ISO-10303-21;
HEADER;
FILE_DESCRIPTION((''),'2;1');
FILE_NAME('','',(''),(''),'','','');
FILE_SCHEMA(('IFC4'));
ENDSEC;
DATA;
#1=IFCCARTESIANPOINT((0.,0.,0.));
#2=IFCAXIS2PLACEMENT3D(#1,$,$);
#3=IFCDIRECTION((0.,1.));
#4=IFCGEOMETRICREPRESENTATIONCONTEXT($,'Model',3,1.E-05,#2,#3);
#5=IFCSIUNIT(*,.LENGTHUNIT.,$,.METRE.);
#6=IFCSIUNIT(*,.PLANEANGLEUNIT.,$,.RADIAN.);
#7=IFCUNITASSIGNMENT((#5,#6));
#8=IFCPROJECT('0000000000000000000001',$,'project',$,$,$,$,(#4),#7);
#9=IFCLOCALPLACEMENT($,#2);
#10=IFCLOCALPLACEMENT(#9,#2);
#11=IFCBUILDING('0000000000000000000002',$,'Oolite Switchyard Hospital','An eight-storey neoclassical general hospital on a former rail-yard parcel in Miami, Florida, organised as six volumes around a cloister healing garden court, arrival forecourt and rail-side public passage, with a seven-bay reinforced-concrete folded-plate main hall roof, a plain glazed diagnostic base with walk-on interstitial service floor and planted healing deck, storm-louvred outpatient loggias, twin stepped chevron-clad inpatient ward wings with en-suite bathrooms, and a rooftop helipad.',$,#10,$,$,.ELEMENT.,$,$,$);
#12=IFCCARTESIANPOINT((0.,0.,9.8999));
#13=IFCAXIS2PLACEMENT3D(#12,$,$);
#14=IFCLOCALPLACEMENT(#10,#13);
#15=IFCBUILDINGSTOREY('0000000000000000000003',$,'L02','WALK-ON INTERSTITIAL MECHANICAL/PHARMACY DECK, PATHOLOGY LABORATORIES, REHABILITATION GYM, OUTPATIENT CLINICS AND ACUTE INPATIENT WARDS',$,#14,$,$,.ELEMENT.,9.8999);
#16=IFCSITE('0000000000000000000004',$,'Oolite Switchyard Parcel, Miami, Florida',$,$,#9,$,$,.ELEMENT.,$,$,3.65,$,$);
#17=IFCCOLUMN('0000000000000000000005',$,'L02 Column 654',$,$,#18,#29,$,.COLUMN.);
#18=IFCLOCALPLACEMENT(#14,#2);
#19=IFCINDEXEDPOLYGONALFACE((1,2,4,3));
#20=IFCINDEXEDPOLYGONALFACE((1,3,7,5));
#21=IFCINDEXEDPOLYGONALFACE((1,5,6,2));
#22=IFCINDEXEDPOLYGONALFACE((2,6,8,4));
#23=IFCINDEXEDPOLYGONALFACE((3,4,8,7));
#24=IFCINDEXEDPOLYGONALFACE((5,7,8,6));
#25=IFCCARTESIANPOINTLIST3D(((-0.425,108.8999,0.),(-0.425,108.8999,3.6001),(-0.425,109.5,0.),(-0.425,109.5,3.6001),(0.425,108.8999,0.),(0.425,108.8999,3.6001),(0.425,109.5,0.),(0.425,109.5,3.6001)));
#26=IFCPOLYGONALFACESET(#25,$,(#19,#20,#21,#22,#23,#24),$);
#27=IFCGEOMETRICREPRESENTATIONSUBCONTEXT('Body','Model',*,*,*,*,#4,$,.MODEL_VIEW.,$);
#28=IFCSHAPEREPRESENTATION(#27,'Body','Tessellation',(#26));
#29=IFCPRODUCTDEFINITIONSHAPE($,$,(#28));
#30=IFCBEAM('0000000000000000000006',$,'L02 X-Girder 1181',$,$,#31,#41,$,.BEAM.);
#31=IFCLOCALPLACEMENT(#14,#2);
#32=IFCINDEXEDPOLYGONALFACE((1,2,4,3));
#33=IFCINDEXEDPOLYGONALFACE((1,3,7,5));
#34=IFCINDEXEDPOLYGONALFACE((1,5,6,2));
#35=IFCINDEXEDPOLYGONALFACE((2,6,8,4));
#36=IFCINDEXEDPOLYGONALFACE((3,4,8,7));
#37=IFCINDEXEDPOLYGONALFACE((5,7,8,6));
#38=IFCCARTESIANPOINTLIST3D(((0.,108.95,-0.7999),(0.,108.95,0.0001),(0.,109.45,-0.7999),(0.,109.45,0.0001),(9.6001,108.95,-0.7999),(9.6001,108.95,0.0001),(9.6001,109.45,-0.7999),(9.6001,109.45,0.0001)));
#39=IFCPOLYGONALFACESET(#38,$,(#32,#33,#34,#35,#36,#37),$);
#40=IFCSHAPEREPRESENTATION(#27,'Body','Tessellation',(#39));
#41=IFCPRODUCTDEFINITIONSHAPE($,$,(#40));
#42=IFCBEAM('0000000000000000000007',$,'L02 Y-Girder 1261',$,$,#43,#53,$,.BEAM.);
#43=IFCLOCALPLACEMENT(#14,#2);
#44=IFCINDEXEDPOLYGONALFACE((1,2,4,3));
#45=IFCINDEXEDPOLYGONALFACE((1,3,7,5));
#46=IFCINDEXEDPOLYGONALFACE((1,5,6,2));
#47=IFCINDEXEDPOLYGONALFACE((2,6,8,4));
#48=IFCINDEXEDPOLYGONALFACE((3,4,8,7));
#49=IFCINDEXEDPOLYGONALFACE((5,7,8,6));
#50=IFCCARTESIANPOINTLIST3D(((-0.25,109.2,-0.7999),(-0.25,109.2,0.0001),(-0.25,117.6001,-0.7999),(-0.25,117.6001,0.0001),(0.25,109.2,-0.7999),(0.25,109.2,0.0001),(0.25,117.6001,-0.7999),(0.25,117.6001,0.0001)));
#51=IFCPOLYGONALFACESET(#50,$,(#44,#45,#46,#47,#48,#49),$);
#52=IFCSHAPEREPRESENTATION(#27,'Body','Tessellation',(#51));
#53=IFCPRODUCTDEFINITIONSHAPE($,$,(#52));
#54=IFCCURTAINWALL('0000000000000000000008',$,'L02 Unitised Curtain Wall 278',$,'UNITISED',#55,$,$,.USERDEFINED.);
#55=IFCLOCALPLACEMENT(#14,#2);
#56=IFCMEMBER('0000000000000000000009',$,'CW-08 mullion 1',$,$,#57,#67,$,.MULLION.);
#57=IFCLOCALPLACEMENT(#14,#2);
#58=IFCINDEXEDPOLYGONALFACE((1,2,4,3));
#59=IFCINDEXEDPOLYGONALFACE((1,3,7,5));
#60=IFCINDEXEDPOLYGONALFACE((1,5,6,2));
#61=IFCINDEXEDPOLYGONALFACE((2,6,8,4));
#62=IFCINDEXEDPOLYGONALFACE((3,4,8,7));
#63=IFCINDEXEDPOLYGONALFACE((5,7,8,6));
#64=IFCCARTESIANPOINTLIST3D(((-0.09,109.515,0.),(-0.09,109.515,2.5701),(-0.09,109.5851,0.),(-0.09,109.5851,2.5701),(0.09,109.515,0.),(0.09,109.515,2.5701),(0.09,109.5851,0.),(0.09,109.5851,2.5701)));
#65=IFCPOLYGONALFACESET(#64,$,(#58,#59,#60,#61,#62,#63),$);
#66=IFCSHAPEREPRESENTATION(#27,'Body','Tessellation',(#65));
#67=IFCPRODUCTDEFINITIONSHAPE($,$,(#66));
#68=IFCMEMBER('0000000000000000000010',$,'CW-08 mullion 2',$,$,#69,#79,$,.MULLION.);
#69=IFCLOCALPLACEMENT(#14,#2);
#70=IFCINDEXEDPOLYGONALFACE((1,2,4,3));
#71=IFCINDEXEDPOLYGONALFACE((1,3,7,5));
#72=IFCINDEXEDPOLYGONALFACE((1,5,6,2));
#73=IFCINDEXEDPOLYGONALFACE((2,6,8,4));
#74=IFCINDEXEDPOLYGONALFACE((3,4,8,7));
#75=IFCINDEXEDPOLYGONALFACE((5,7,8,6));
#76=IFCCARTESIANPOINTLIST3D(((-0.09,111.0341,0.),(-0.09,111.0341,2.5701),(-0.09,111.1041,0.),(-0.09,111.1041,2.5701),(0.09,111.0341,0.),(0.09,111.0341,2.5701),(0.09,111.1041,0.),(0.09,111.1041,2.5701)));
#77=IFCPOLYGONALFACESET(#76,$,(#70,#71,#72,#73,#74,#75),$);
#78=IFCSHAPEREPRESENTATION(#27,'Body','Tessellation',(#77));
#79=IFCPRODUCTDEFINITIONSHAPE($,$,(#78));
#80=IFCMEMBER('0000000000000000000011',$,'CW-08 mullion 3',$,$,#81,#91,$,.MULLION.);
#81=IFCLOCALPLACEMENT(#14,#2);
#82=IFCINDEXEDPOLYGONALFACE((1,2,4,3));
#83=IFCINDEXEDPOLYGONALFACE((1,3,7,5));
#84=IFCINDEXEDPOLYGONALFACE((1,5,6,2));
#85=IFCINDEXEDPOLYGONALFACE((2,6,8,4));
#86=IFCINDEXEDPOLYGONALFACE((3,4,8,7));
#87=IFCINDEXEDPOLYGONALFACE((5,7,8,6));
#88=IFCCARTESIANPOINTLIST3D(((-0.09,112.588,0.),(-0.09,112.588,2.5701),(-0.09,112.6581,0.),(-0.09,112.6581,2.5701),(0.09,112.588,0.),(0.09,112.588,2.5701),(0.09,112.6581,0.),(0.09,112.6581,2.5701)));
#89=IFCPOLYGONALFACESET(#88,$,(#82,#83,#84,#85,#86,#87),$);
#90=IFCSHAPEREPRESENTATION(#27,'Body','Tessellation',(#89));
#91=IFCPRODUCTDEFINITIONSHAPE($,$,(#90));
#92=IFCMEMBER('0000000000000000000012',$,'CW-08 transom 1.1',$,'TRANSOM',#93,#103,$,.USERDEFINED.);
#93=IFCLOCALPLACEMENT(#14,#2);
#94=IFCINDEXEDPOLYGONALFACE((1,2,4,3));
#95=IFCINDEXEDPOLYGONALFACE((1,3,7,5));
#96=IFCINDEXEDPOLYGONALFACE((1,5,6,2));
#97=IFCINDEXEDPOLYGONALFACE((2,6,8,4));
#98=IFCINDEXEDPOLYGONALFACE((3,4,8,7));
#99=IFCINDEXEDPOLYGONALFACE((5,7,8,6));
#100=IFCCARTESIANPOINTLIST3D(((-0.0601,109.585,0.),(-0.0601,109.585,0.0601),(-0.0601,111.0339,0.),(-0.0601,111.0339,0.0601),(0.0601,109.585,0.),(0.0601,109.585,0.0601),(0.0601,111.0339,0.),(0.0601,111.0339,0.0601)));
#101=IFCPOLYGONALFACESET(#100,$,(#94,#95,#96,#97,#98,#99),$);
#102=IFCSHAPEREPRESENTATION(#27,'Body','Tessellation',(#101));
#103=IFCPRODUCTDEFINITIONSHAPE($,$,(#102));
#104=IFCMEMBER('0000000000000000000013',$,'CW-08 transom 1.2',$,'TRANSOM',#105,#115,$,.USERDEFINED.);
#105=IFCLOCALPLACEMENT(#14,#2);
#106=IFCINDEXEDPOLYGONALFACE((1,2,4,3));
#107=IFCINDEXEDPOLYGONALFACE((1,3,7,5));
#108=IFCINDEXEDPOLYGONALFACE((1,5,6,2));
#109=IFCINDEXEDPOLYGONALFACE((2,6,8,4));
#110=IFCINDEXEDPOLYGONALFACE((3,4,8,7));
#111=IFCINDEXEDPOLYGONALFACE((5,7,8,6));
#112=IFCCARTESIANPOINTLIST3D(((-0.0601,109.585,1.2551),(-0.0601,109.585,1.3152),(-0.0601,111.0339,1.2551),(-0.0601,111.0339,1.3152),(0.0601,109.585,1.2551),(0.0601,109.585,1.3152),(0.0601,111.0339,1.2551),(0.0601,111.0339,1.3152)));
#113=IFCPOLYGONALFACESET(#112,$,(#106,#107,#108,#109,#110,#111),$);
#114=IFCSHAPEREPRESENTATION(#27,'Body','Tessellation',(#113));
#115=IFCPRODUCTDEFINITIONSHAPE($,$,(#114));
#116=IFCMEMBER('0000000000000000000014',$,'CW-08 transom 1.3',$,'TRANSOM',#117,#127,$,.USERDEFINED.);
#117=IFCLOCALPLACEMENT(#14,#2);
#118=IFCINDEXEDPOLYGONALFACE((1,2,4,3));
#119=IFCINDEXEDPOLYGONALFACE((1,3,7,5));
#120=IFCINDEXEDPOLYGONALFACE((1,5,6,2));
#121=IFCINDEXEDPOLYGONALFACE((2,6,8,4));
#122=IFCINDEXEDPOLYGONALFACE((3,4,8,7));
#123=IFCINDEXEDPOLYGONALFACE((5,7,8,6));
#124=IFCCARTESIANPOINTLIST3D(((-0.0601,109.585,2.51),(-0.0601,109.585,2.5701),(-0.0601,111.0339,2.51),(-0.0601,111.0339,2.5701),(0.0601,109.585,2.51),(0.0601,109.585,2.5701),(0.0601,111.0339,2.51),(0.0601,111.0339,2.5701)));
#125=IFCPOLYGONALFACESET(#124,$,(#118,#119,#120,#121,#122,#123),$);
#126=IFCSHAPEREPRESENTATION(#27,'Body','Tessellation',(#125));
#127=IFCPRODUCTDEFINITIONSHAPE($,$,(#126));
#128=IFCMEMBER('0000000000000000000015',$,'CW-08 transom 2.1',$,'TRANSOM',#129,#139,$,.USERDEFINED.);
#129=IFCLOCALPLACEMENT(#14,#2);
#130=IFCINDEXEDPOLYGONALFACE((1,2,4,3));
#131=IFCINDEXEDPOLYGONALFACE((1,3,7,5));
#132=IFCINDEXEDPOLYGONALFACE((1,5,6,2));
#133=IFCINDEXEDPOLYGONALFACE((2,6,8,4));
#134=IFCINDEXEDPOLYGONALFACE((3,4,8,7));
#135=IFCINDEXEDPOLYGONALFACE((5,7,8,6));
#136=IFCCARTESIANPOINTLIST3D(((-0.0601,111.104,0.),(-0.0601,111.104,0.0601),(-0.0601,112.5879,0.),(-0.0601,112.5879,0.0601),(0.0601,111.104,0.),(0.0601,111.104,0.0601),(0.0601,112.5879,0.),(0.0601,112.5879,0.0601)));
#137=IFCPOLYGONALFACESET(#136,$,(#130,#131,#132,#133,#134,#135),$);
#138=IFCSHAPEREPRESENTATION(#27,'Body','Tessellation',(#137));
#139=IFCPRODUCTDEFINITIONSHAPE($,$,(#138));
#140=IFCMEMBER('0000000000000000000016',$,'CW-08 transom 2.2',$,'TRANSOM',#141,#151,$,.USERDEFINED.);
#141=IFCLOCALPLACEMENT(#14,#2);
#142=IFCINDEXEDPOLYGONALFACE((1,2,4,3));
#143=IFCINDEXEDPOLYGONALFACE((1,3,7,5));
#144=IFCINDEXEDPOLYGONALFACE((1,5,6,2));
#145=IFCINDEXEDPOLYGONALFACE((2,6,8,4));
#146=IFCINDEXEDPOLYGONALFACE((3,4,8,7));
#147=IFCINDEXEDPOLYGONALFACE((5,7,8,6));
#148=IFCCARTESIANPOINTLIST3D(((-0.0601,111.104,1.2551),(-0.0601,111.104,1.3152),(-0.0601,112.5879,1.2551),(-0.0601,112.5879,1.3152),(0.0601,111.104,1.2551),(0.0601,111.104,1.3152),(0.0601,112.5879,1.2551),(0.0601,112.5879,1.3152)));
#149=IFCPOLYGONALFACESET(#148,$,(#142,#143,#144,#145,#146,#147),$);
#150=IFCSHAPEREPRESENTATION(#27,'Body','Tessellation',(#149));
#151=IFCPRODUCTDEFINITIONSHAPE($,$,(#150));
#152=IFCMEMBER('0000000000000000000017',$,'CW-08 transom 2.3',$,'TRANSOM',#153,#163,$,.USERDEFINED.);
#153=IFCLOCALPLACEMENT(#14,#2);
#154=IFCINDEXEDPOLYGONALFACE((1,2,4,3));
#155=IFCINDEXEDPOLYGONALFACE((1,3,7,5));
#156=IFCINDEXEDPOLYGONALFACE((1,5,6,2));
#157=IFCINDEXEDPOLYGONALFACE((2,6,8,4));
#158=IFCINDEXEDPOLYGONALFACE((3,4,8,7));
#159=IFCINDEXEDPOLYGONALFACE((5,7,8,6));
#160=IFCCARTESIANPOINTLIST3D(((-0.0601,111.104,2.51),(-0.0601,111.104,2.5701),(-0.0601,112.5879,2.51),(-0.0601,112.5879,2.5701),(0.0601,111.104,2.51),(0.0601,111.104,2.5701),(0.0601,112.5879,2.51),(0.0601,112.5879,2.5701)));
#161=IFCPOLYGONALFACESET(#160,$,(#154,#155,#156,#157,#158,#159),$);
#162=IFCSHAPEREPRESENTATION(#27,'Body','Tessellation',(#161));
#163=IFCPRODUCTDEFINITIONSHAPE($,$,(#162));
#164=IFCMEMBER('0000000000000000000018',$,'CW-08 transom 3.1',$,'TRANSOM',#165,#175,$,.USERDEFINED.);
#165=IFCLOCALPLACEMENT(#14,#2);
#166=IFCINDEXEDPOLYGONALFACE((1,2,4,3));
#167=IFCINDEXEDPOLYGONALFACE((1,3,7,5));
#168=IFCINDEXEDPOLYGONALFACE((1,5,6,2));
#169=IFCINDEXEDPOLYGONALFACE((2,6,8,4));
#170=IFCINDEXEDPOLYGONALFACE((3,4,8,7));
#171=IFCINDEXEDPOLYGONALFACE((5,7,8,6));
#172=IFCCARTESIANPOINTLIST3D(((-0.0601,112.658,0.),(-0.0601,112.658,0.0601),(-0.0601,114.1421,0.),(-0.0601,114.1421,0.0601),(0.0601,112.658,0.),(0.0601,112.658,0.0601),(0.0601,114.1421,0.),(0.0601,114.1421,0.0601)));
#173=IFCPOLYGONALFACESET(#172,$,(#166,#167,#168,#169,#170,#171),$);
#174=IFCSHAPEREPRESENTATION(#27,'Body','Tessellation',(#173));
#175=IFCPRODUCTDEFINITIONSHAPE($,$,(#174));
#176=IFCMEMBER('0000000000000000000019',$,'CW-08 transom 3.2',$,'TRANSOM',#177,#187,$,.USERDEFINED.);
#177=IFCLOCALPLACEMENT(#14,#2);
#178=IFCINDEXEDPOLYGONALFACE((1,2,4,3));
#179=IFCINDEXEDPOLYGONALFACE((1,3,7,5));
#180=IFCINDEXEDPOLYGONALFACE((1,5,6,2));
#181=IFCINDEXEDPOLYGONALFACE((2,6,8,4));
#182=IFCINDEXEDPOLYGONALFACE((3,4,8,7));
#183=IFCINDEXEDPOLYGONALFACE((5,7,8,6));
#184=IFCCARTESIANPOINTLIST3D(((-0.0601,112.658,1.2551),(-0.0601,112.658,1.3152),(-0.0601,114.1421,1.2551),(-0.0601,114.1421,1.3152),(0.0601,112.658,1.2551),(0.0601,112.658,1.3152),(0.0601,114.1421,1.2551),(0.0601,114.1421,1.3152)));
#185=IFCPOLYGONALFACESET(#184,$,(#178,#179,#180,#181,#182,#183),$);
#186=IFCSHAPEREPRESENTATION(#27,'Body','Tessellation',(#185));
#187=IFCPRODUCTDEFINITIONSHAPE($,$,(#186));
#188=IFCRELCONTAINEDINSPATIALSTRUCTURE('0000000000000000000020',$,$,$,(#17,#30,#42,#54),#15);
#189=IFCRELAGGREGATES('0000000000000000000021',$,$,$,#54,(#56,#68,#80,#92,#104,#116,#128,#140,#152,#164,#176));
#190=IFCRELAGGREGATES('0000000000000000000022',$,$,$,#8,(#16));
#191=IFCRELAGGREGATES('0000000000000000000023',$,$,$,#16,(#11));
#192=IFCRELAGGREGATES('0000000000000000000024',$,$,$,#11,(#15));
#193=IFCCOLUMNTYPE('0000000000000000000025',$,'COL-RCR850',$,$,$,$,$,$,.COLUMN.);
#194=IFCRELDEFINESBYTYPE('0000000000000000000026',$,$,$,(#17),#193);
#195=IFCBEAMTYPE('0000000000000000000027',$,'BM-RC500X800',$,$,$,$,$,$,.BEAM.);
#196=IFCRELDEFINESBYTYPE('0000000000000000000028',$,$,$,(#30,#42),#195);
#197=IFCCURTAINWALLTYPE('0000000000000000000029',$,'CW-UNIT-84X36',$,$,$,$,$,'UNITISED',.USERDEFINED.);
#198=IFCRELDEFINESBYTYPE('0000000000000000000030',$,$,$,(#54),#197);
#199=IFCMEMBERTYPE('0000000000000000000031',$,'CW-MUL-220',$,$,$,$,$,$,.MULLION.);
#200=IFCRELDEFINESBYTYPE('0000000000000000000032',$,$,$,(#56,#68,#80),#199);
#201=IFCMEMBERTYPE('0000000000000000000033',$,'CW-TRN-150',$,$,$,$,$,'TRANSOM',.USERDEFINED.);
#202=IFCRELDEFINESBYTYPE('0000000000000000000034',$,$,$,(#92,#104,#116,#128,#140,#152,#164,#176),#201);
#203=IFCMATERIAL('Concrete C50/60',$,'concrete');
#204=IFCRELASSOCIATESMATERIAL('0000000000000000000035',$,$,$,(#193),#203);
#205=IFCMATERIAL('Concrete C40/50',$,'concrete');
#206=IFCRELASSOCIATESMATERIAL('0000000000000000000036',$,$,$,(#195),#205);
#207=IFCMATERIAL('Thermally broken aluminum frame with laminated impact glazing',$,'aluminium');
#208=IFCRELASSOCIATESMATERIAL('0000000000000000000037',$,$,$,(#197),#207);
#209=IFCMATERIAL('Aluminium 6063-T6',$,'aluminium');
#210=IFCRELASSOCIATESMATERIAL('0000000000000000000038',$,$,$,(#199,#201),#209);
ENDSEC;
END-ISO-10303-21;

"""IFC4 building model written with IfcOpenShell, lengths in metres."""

from ifc_helpers import new_model, si_unit, direction, frame, origin, origin_2d, place, context, subcontext, project, spatial, rectangle, extrude, material, material_profile, profile_set, type_object, element, aggregate, save


model = new_model("IFC4")

# Units and contexts
model_context = context("Model", 3, precision=1e-05, world=origin(), true_north=direction((0.0, 1.0)))
body_context = subcontext(model_context, "Body", "Model", "MODEL_VIEW")
ifc_project = project(units=[si_unit("LENGTHUNIT", "METRE"), si_unit("PLANEANGLEUNIT", "RADIAN")], contexts=[model_context])

# Site, building, storey
site_placement = place(None, origin())
site = spatial("IfcSite", under=ifc_project, at=site_placement, Name="Oolite Switchyard Parcel, Miami, Florida", CompositionType="ELEMENT", RefElevation=3.65)
building_placement = place(site_placement, origin())
building = spatial("IfcBuilding", under=site, at=building_placement, Name="Oolite Switchyard Hospital", Description="An eight-storey neoclassical general hospital on a former rail-yard parcel in Miami, Florida, organised as six volumes around a cloister healing garden court, arrival forecourt and rail-side public passage, with a seven-bay reinforced-concrete folded-plate main hall roof, a plain glazed diagnostic base with walk-on interstitial service floor and planted healing deck, storm-louvred outpatient loggias, twin stepped chevron-clad inpatient ward wings with en-suite bathrooms, and a rooftop helipad.", CompositionType="ELEMENT")
storey_placement = place(building_placement, frame((0.0, 0.0, 9.8999)))
storey = spatial("IfcBuildingStorey", under=building, at=storey_placement, Name="L02", Description="WALK-ON INTERSTITIAL MECHANICAL/PHARMACY DECK, PATHOLOGY LABORATORIES, REHABILITATION GYM, OUTPATIENT CLINICS AND ACUTE INPATIENT WARDS", CompositionType="ELEMENT", Elevation=9.8999)

# Column
ifc_material_1 = material(Name="Concrete C50/60", Category="concrete")
ifc_material_profile_1 = material_profile(ifc_material_1, rectangle(XDim=0.8501, YDim=0.6001, at=origin_2d()), Name="RC850X600")
ifc_profile_set_1 = profile_set([ifc_material_profile_1], Name="Concrete C50/60")
column_type = type_object("IfcColumnType", Name="COL-RCR850", PredefinedType="COLUMN", material=ifc_profile_set_1)
column_placement = place(storey_placement, frame((0.0, 109.2, 0.0), z_axis=(0.0, 0.0, 1.0), x_axis=(1.0, 0.0, 0.0)))
element("IfcColumn", 1, at=column_placement, inside=storey, type_object=column_type, Name="L02 Column 654", PredefinedType="COLUMN", context=body_context, shape_type="SweptSolid", body=[
    extrude(rectangle(XDim=0.8501, YDim=0.6001, at=origin_2d()), origin(), (0.0, 0.0, 1.0), 3.6001),
])

# Beams
ifc_material_2 = material(Name="Concrete C40/50", Category="concrete")
ifc_material_profile_2 = material_profile(ifc_material_2, rectangle(XDim=0.5, YDim=0.8, at=origin_2d()), Name="RCB500X800")
ifc_profile_set_2 = profile_set([ifc_material_profile_2], Name="Concrete C40/50")
beam_type = type_object("IfcBeamType", Name="BM-RC500X800", PredefinedType="BEAM", material=ifc_profile_set_2)
beam_1_placement = place(storey_placement, frame((0.0, 109.2, -0.3999), z_axis=(1.0, 0.0, 0.0), x_axis=(0.0, 1.0, 0.0)))
element("IfcBeam", 2, at=beam_1_placement, inside=storey, type_object=beam_type, Name="L02 X-Girder 1181", PredefinedType="BEAM", context=body_context, shape_type="SweptSolid", body=[
    extrude(rectangle(XDim=0.5, YDim=0.8, at=origin_2d()), origin(), (0.0, 0.0, 1.0), 9.6001),
])
beam_2_placement = place(storey_placement, frame((0.0, 109.2, -0.3999), z_axis=(0.0, 1.0, 0.0), x_axis=(-1.0, 0.0, 0.0)))
element("IfcBeam", 3, at=beam_2_placement, inside=storey, type_object=beam_type, Name="L02 Y-Girder 1261", PredefinedType="BEAM", context=body_context, shape_type="SweptSolid", body=[
    extrude(rectangle(XDim=0.5, YDim=0.8, at=origin_2d()), origin(), (0.0, 0.0, 1.0), 8.4001),
])

# Curtain wall, members
ifc_material_3 = material(Name="Thermally broken aluminum frame with laminated impact glazing", Category="aluminium")
curtain_wall_type = type_object("IfcCurtainWallType", Name="CW-UNIT-84X36", ElementType="UNITISED", PredefinedType="USERDEFINED", material=ifc_material_3)
curtain_wall_placement = place(storey_placement, origin())
curtain_wall = element("IfcCurtainWall", 4, at=curtain_wall_placement, inside=storey, type_object=curtain_wall_type, Name="L02 Unitised Curtain Wall 278", ObjectType="UNITISED", PredefinedType="USERDEFINED")
ifc_material_4 = material(Name="Aluminium 6063-T6", Category="aluminium")
ifc_material_profile_3 = material_profile(ifc_material_4, rectangle(XDim=0.1799, YDim=0.0701, at=origin_2d()), Name="CWM70X180")
ifc_profile_set_3 = profile_set([ifc_material_profile_3], Name="Aluminium 6063-T6")
member_type_1 = type_object("IfcMemberType", Name="CW-MUL-220", PredefinedType="MULLION", material=ifc_profile_set_3)
member_1_placement = place(storey_placement, frame((0.0, 109.55, 0.0), z_axis=(0.0, 0.0, 1.0), x_axis=(-1.0, 0.0, 0.0)))
member_1 = element("IfcMember", 5, at=member_1_placement, type_object=member_type_1, Name="CW-08 mullion 1", PredefinedType="MULLION", context=body_context, shape_type="SweptSolid", body=[
    extrude(rectangle(XDim=0.1799, YDim=0.0701, at=origin_2d()), origin(), (0.0, 0.0, 1.0), 2.5701),
])
member_2_placement = place(storey_placement, frame((0.0, 111.0691, 0.0), z_axis=(0.0, 0.0, 1.0), x_axis=(-1.0, 0.0, 0.0)))
member_2 = element("IfcMember", 6, at=member_2_placement, type_object=member_type_1, Name="CW-08 mullion 2", PredefinedType="MULLION", context=body_context, shape_type="SweptSolid", body=[
    extrude(rectangle(XDim=0.1799, YDim=0.0701, at=origin_2d()), origin(), (0.0, 0.0, 1.0), 2.5701),
])
member_3_placement = place(storey_placement, frame((0.0, 112.623, 0.0), z_axis=(0.0, 0.0, 1.0), x_axis=(-1.0, 0.0, 0.0)))
member_3 = element("IfcMember", 7, at=member_3_placement, type_object=member_type_1, Name="CW-08 mullion 3", PredefinedType="MULLION", context=body_context, shape_type="SweptSolid", body=[
    extrude(rectangle(XDim=0.1799, YDim=0.0701, at=origin_2d()), origin(), (0.0, 0.0, 1.0), 2.5701),
])
ifc_material_profile_4 = material_profile(ifc_material_4, rectangle(XDim=0.1201, YDim=0.0601, at=origin_2d()), Name="CWT60X120")
ifc_profile_set_4 = profile_set([ifc_material_profile_4], Name="Aluminium 6063-T6")
member_type_2 = type_object("IfcMemberType", Name="CW-TRN-150", ElementType="TRANSOM", PredefinedType="USERDEFINED", material=ifc_profile_set_4)
member_4_placement = place(storey_placement, frame((0.0, 109.585, 0.03), z_axis=(0.0, 1.0, 0.0), x_axis=(-1.0, 0.0, 0.0)))
member_4 = element("IfcMember", 8, at=member_4_placement, type_object=member_type_2, Name="CW-08 transom 1.1", ObjectType="TRANSOM", PredefinedType="USERDEFINED", context=body_context, shape_type="SweptSolid", body=[
    extrude(rectangle(XDim=0.1201, YDim=0.0601, at=origin_2d()), origin(), (0.0, 0.0, 1.0), 1.449),
])
member_5_placement = place(storey_placement, frame((0.0, 109.585, 1.2852), z_axis=(0.0, 1.0, 0.0), x_axis=(-1.0, 0.0, 0.0)))
member_5 = element("IfcMember", 9, at=member_5_placement, type_object=member_type_2, Name="CW-08 transom 1.2", ObjectType="TRANSOM", PredefinedType="USERDEFINED", context=body_context, shape_type="SweptSolid", body=[
    extrude(rectangle(XDim=0.1201, YDim=0.0601, at=origin_2d()), origin(), (0.0, 0.0, 1.0), 1.449),
])
member_6_placement = place(storey_placement, frame((0.0, 109.585, 2.54), z_axis=(0.0, 1.0, 0.0), x_axis=(-1.0, 0.0, 0.0)))
member_6 = element("IfcMember", 10, at=member_6_placement, type_object=member_type_2, Name="CW-08 transom 1.3", ObjectType="TRANSOM", PredefinedType="USERDEFINED", context=body_context, shape_type="SweptSolid", body=[
    extrude(rectangle(XDim=0.1201, YDim=0.0601, at=origin_2d()), origin(), (0.0, 0.0, 1.0), 1.449),
])
member_7_placement = place(storey_placement, frame((0.0, 111.104, 0.03), z_axis=(0.0, 1.0, 0.0), x_axis=(-1.0, 0.0, 0.0)))
member_7 = element("IfcMember", 11, at=member_7_placement, type_object=member_type_2, Name="CW-08 transom 2.1", ObjectType="TRANSOM", PredefinedType="USERDEFINED", context=body_context, shape_type="SweptSolid", body=[
    extrude(rectangle(XDim=0.1201, YDim=0.0601, at=origin_2d()), origin(), (0.0, 0.0, 1.0), 1.4839),
])
member_8_placement = place(storey_placement, frame((0.0, 111.104, 1.2852), z_axis=(0.0, 1.0, 0.0), x_axis=(-1.0, 0.0, 0.0)))
member_8 = element("IfcMember", 12, at=member_8_placement, type_object=member_type_2, Name="CW-08 transom 2.2", ObjectType="TRANSOM", PredefinedType="USERDEFINED", context=body_context, shape_type="SweptSolid", body=[
    extrude(rectangle(XDim=0.1201, YDim=0.0601, at=origin_2d()), origin(), (0.0, 0.0, 1.0), 1.4839),
])
member_9_placement = place(storey_placement, frame((0.0, 111.104, 2.54), z_axis=(0.0, 1.0, 0.0), x_axis=(-1.0, 0.0, 0.0)))
member_9 = element("IfcMember", 13, at=member_9_placement, type_object=member_type_2, Name="CW-08 transom 2.3", ObjectType="TRANSOM", PredefinedType="USERDEFINED", context=body_context, shape_type="SweptSolid", body=[
    extrude(rectangle(XDim=0.1201, YDim=0.0601, at=origin_2d()), origin(), (0.0, 0.0, 1.0), 1.4839),
])
member_10_placement = place(storey_placement, frame((0.0, 112.658, 0.03), z_axis=(0.0, 1.0, 0.0), x_axis=(-1.0, 0.0, 0.0)))
member_10 = element("IfcMember", 14, at=member_10_placement, type_object=member_type_2, Name="CW-08 transom 3.1", ObjectType="TRANSOM", PredefinedType="USERDEFINED", context=body_context, shape_type="SweptSolid", body=[
    extrude(rectangle(XDim=0.1201, YDim=0.0601, at=origin_2d()), origin(), (0.0, 0.0, 1.0), 1.4841),
])
member_11_placement = place(storey_placement, frame((0.0, 112.658, 1.2852), z_axis=(0.0, 1.0, 0.0), x_axis=(-1.0, 0.0, 0.0)))
member_11 = element("IfcMember", 15, at=member_11_placement, type_object=member_type_2, Name="CW-08 transom 3.2", ObjectType="TRANSOM", PredefinedType="USERDEFINED", context=body_context, shape_type="SweptSolid", body=[
    extrude(rectangle(XDim=0.1201, YDim=0.0601, at=origin_2d()), origin(), (0.0, 0.0, 1.0), 1.4841),
])
aggregate(curtain_wall, [member_1, member_2, member_3, member_4, member_5, member_6, member_7, member_8, member_9, member_10, member_11])

save(model, "model.ifc")
